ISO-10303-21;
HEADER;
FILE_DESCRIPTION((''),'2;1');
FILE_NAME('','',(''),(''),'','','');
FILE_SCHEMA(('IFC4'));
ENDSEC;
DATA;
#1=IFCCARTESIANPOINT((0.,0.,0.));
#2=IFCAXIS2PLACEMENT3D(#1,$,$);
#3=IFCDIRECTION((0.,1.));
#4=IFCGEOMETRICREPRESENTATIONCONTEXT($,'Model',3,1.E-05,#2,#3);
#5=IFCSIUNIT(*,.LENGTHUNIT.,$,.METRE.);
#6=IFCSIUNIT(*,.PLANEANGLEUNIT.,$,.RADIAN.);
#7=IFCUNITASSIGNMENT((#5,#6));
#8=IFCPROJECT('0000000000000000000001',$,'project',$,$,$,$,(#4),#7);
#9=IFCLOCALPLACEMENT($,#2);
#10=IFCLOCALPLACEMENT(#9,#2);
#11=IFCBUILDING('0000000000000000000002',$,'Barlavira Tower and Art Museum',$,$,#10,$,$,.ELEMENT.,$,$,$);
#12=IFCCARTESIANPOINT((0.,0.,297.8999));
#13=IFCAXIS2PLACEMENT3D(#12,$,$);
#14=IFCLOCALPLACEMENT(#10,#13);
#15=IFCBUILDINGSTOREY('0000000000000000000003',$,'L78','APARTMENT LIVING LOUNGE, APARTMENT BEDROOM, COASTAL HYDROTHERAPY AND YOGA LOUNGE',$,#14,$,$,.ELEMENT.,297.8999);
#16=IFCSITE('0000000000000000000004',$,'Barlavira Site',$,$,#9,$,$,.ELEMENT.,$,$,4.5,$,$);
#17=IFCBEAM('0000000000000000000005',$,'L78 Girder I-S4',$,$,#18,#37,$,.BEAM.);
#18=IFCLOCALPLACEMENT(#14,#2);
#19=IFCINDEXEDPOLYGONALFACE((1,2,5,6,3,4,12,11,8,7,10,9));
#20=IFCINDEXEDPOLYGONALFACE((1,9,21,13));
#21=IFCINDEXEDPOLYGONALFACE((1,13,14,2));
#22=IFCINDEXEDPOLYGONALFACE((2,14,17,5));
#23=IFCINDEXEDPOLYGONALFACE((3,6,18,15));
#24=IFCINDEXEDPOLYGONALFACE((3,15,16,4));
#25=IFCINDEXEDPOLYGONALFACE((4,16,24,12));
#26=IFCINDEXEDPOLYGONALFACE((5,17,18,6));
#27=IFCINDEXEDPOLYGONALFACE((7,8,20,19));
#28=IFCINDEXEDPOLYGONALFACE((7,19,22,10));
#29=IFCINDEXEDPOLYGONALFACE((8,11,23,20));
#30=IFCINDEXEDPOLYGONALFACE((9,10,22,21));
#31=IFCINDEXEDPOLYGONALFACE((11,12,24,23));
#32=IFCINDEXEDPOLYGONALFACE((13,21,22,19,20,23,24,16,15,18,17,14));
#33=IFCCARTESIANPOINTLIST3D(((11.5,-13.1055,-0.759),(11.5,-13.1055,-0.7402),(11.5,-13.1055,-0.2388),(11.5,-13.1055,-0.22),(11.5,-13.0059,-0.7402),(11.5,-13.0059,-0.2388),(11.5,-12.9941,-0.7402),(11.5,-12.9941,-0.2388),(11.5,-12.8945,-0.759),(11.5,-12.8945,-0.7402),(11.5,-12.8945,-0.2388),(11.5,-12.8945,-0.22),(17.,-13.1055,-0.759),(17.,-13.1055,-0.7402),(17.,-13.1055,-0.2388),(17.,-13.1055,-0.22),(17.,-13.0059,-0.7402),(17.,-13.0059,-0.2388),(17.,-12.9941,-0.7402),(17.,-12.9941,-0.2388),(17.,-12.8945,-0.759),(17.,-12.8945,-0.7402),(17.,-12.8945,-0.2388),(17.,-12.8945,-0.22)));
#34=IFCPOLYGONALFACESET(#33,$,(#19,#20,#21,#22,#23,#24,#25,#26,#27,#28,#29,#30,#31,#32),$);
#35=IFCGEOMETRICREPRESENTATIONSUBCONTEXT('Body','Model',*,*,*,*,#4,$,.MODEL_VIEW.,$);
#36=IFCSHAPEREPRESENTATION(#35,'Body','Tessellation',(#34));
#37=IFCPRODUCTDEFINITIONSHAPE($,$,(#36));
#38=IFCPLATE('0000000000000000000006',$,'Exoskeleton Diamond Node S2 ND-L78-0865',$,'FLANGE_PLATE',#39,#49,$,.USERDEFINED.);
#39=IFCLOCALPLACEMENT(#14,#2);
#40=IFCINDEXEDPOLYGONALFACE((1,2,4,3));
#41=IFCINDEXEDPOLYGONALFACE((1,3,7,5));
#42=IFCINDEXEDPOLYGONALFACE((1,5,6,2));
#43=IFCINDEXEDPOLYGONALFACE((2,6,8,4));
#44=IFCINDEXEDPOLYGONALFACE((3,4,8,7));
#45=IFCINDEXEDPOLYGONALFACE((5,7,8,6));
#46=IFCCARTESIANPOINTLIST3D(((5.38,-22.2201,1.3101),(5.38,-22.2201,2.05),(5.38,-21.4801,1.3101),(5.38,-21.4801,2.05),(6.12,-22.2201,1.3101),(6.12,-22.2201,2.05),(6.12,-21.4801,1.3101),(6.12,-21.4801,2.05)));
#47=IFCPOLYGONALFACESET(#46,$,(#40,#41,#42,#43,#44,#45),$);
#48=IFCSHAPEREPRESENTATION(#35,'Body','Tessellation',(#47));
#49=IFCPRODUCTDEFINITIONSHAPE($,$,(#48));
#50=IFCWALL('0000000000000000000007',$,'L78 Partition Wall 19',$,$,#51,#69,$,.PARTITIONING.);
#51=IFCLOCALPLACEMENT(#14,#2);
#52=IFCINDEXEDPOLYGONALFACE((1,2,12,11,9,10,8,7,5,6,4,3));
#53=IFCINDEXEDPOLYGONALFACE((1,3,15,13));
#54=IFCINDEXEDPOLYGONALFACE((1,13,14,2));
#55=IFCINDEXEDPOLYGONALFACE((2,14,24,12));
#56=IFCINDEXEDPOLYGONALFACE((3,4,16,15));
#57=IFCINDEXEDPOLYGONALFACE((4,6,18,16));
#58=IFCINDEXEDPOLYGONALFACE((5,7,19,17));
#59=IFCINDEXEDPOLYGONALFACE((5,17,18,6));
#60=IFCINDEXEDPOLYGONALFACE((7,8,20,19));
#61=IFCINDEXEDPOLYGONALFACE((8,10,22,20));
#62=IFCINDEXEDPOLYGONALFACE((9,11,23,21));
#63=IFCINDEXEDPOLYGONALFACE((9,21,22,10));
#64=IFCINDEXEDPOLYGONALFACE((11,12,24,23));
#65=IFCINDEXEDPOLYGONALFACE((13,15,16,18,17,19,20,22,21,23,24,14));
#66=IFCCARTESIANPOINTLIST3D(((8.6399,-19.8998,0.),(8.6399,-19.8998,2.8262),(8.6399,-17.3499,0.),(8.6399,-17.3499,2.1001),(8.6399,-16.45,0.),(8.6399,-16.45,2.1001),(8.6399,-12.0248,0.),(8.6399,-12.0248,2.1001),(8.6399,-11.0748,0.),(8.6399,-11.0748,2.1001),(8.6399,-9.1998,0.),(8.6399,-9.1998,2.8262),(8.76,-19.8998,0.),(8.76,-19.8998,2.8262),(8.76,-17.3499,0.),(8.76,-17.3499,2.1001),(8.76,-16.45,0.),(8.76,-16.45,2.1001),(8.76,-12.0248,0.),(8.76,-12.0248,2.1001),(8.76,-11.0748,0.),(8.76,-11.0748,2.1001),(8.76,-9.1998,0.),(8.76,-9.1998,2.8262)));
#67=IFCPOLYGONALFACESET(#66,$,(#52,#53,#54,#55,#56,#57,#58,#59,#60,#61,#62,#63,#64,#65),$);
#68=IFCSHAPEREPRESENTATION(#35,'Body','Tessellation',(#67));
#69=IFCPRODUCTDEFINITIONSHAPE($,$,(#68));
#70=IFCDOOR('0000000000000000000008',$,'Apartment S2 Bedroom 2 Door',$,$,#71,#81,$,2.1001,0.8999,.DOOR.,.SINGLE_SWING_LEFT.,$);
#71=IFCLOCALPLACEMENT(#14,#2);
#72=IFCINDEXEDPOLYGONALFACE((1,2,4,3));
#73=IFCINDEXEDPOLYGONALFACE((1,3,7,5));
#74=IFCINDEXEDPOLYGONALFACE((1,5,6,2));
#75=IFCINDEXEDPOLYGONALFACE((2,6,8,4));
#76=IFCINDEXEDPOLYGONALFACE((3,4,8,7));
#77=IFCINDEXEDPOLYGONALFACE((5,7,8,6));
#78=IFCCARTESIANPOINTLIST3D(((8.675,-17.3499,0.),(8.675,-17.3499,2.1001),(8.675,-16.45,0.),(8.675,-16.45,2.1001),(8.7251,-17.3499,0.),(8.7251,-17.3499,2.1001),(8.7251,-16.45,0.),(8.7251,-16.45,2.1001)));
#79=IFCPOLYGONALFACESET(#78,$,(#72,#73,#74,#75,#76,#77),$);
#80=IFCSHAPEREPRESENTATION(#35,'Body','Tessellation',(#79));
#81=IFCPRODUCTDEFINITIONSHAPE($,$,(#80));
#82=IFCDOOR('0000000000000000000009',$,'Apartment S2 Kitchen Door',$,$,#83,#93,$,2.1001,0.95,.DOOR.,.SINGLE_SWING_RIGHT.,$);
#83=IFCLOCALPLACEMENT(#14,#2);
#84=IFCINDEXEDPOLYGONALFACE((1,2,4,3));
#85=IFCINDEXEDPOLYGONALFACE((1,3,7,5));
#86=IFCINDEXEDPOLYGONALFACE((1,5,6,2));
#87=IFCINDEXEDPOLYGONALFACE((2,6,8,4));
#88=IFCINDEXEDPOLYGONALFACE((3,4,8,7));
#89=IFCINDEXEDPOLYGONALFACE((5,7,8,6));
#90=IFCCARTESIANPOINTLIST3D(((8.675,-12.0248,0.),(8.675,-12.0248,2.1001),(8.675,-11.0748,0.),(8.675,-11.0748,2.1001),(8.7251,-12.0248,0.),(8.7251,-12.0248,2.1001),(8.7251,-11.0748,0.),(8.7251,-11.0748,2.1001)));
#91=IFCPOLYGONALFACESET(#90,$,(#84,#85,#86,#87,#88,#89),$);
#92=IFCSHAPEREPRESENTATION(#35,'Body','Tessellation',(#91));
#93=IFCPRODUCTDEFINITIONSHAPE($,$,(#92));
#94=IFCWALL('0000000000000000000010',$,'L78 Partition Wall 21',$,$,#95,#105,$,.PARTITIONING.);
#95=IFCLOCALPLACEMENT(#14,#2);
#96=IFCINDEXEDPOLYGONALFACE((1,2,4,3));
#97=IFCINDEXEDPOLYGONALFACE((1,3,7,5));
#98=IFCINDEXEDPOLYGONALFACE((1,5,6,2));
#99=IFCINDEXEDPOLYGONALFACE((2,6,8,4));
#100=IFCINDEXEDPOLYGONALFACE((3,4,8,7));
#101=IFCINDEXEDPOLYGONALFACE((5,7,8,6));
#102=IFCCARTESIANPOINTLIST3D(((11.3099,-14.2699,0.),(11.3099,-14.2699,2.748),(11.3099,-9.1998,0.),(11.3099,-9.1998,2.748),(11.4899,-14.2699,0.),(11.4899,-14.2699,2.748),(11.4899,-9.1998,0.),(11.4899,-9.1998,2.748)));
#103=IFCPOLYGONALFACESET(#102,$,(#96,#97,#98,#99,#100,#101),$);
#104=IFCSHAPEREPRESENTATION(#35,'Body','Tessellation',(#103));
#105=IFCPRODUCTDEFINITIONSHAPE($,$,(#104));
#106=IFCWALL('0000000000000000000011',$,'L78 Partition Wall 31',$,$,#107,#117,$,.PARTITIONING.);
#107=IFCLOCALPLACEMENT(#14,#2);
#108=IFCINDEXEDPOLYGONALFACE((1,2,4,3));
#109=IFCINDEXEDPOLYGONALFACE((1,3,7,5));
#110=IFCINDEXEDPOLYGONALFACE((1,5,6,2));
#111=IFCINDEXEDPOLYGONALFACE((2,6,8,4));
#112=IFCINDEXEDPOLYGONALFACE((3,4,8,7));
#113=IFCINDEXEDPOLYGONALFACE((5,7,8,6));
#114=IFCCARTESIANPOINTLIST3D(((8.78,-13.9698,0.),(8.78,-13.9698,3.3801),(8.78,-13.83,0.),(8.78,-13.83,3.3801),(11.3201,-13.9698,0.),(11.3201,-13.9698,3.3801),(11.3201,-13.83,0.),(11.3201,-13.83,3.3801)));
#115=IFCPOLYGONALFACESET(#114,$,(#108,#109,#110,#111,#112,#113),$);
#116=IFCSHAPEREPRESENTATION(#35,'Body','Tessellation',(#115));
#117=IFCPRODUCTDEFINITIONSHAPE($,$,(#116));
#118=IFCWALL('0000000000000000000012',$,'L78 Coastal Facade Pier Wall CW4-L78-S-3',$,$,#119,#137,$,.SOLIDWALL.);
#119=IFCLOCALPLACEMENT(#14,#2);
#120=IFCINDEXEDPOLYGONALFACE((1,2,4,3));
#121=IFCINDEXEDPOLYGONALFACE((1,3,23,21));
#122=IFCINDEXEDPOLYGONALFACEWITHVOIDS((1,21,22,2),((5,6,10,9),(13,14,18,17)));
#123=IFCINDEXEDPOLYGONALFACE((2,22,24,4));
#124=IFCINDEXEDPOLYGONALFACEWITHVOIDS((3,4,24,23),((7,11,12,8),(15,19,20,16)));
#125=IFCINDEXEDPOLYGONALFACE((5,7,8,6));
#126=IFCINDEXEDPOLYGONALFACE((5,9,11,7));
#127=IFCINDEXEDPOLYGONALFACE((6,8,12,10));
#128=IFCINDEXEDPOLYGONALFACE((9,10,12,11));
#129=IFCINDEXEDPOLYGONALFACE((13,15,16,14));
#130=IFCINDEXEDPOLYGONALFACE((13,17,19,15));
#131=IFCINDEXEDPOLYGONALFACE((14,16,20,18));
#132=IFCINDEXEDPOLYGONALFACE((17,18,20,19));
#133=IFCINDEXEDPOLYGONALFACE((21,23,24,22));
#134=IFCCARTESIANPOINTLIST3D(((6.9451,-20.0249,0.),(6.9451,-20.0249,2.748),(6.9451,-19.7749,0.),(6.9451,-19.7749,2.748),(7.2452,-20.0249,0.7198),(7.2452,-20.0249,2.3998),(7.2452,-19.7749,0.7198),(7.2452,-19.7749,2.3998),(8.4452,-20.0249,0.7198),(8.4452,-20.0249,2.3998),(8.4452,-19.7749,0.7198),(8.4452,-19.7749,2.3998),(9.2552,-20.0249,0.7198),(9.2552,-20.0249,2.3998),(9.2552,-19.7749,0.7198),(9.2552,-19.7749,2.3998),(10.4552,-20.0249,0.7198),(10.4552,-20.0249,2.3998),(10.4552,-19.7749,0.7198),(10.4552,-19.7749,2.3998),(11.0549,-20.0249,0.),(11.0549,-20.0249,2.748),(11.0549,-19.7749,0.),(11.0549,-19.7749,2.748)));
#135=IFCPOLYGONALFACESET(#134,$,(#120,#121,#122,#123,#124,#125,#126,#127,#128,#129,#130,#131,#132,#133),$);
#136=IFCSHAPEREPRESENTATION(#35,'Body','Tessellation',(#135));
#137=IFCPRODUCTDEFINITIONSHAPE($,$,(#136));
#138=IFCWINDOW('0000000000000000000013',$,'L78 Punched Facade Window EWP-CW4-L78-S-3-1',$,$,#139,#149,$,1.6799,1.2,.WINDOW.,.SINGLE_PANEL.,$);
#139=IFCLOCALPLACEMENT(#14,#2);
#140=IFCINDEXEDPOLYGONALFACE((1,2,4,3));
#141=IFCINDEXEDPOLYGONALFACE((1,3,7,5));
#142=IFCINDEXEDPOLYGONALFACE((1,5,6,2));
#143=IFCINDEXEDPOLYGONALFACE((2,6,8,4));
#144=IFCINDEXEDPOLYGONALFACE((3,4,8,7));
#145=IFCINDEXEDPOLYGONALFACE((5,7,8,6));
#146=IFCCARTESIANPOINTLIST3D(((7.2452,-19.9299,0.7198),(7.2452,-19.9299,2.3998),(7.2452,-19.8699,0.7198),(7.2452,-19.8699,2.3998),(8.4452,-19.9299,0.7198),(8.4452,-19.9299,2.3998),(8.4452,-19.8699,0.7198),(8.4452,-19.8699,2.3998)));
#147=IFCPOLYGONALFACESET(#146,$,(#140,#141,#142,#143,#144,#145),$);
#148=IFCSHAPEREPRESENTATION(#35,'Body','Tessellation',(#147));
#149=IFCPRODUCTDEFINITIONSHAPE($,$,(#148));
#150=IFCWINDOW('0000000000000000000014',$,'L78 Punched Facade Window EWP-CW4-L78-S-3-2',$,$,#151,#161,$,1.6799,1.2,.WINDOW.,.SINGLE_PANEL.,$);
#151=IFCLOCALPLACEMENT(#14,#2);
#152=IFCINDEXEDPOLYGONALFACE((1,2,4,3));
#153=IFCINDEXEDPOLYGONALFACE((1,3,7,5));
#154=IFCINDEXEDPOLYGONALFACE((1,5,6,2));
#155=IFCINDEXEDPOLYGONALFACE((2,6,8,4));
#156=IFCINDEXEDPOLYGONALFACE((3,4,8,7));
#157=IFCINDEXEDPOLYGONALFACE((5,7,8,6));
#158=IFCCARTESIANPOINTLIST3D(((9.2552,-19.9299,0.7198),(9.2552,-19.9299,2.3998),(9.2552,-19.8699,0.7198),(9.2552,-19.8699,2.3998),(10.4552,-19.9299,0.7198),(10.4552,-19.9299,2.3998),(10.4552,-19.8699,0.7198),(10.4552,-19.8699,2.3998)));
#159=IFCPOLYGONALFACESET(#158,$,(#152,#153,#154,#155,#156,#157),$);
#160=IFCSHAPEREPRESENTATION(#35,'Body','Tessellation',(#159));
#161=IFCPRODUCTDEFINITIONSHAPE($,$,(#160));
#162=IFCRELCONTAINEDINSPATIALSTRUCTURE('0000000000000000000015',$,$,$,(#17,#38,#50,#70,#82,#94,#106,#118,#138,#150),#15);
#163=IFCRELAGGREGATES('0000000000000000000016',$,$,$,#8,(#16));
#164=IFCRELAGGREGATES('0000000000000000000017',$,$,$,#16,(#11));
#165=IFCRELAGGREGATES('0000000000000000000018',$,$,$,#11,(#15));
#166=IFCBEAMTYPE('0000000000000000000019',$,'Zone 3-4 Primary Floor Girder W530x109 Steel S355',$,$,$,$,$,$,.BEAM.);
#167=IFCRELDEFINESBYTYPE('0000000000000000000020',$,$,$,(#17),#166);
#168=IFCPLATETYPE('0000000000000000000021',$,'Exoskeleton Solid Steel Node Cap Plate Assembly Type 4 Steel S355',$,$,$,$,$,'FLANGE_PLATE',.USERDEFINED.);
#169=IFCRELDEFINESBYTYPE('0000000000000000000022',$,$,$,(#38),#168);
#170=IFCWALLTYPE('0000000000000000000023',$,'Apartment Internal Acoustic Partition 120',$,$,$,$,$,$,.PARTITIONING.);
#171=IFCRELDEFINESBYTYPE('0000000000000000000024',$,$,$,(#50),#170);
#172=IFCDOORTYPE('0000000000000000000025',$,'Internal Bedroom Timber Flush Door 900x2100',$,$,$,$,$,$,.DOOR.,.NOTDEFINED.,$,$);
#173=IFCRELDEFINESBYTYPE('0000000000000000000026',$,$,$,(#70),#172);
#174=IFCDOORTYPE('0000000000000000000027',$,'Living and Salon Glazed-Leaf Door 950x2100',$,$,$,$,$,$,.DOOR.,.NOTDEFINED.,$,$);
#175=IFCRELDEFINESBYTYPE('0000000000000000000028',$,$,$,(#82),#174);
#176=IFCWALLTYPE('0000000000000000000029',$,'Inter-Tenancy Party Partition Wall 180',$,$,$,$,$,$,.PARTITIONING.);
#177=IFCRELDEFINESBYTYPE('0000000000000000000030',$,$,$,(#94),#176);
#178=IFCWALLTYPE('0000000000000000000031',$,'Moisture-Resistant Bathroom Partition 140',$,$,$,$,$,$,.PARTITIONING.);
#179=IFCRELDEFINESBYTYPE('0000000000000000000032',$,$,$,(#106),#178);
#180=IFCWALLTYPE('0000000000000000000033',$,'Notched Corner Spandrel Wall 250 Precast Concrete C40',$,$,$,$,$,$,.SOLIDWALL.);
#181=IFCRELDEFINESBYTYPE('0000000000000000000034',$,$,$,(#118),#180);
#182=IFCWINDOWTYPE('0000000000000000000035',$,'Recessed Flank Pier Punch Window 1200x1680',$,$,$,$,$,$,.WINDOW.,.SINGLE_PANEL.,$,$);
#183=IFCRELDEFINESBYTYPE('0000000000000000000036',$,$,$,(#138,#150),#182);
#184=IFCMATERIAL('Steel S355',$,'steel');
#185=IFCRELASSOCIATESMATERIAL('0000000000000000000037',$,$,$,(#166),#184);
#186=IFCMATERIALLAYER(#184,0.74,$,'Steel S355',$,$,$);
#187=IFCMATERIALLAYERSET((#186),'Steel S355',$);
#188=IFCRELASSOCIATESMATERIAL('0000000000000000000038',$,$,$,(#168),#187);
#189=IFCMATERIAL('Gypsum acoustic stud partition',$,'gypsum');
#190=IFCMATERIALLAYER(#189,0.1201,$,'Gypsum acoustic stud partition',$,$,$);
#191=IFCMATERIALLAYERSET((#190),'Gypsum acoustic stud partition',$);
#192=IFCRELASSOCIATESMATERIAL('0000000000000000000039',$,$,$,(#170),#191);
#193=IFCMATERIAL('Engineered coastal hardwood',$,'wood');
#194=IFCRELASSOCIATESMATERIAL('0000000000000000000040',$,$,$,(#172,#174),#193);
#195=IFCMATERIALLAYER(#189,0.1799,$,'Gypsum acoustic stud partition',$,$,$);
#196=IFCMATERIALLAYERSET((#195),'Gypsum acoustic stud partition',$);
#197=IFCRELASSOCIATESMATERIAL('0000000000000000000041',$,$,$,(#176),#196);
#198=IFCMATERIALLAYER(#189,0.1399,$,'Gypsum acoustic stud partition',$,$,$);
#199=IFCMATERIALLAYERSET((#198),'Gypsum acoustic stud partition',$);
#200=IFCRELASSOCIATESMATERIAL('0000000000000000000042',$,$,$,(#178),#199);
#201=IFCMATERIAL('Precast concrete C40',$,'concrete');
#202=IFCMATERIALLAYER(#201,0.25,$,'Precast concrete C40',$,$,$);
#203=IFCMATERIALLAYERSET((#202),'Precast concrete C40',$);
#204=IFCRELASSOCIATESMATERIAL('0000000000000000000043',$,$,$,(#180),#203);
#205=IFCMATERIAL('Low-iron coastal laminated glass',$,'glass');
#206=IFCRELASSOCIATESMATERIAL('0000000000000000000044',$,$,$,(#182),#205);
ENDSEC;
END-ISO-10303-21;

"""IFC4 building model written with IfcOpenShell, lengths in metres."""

from ifc_helpers import new_model, si_unit, direction, frame, frame_2d, origin, origin_2d, place, context, subcontext, project, spatial, rectangle, i_section, extrude, material, layer, layer_set, material_profile, profile_set, type_object, element, fill, save


model = new_model("IFC4")

# Units and contexts
model_context = context("Model", 3, precision=1e-05, world=origin(), true_north=direction((0.0, 1.0)))
body_context = subcontext(model_context, "Body", "Model", "MODEL_VIEW")
ifc_project = project(units=[si_unit("LENGTHUNIT", "METRE"), si_unit("PLANEANGLEUNIT", "RADIAN")], contexts=[model_context])

# Site, building, storey
site_placement = place(None, origin())
site = spatial("IfcSite", under=ifc_project, at=site_placement, Name="Barlavira Site", CompositionType="ELEMENT", RefElevation=4.5)
building_placement = place(site_placement, origin())
building = spatial("IfcBuilding", under=site, at=building_placement, Name="Barlavira Tower and Art Museum", CompositionType="ELEMENT")
storey_placement = place(building_placement, frame((0.0, 0.0, 297.8999)))
storey = spatial("IfcBuildingStorey", under=building, at=storey_placement, Name="L78", Description="APARTMENT LIVING LOUNGE, APARTMENT BEDROOM, COASTAL HYDROTHERAPY AND YOGA LOUNGE", CompositionType="ELEMENT", Elevation=297.8999)

# Shared definitions
ifc_material_1 = material(Name="Low-iron coastal laminated glass", Category="glass")

# Beam
ifc_material_2 = material(Name="Steel S355", Category="steel")
ifc_material_profile_1 = material_profile(ifc_material_2, i_section(OverallWidth=0.2109, OverallDepth=0.5391, WebThickness=0.0117, FlangeThickness=0.0188, at=origin_2d()), Name="W530x109.0")
ifc_profile_set_1 = profile_set([ifc_material_profile_1], Name="Steel S355")
beam_type_1 = type_object("IfcBeamType", Name="Zone 3-4 Primary Floor Girder W530x109 Steel S355", PredefinedType="BEAM", material=ifc_profile_set_1)
beam_1_placement = place(storey_placement, frame((11.5, -13.0, -0.4895), z_axis=(1.0, 0.0, 0.0), x_axis=(0.0, 1.0, 0.0)))
element("IfcBeam", 1, at=beam_1_placement, inside=storey, type_object=beam_type_1, Name="L78 Girder I-S4", PredefinedType="BEAM", context=body_context, shape_type="SweptSolid", body=[
    extrude(i_section(OverallWidth=0.2109, OverallDepth=0.5391, WebThickness=0.0117, FlangeThickness=0.0188, at=origin_2d()), origin(), (0.0, 0.0, 1.0), 5.5),
])

# Plate
ifc_layer_1 = layer(ifc_material_2, 0.74, Name="Steel S355")
ifc_layer_set_1 = layer_set([ifc_layer_1], Name="Steel S355")
plate_type = type_object("IfcPlateType", Name="Exoskeleton Solid Steel Node Cap Plate Assembly Type 4 Steel S355", ElementType="FLANGE_PLATE", PredefinedType="USERDEFINED", material=ifc_layer_set_1)
plate_placement = place(storey_placement, frame((5.75, -21.8501, 1.3101), z_axis=(0.0, 0.0, 1.0), x_axis=(1.0, 0.0, 0.0)))
element("IfcPlate", 2, at=plate_placement, inside=storey, type_object=plate_type, Name="Exoskeleton Diamond Node S2 ND-L78-0865", ObjectType="FLANGE_PLATE", PredefinedType="USERDEFINED", context=body_context, shape_type="SweptSolid", body=[
    extrude(rectangle(XDim=0.74, YDim=0.74, at=origin_2d()), origin(), (0.0, 0.0, 1.0), 0.74),
])

# Wall, openings, doors
ifc_material_3 = material(Name="Gypsum acoustic stud partition", Category="gypsum")
ifc_layer_2 = layer(ifc_material_3, 0.1201, Name="Gypsum acoustic stud partition")
ifc_layer_set_2 = layer_set([ifc_layer_2], Name="Gypsum acoustic stud partition")
wall_type_1 = type_object("IfcWallType", Name="Apartment Internal Acoustic Partition 120", PredefinedType="PARTITIONING", material=ifc_layer_set_2)
wall_1_placement = place(storey_placement, frame((8.7, -19.8999, 0.0), z_axis=(0.0, 0.0, 1.0), x_axis=(0.0, 1.0, 0.0)))
wall_1 = element("IfcWall", 3, at=wall_1_placement, inside=storey, type_object=wall_type_1, Name="L78 Partition Wall 19", PredefinedType="PARTITIONING", context=body_context, shape_type="SweptSolid", body=[
    extrude(rectangle(XDim=10.7, YDim=0.1201, at=frame_2d((5.3501, 0.0))), origin(), (0.0, 0.0, 1.0), 2.8262),
])
opening_1_placement = place(wall_1_placement, frame((7.875, 0.0, 0.0)))
opening_1 = element("IfcOpeningElement", 4, at=opening_1_placement, cuts=wall_1, PredefinedType="OPENING", context=body_context, shape_type="SweptSolid", body=[
    extrude(rectangle(XDim=0.95, YDim=2.1001, at=frame_2d((0.4751, 1.05))), frame((0.0, 0.0701, 0.0), z_axis=(0.0, -1.0, 0.0), x_axis=(1.0, 0.0, 0.0)), (0.0, 0.0, 1.0), 0.1401),
])
opening_2_placement = place(wall_1_placement, frame((2.55, 0.0, 0.0)))
opening_2 = element("IfcOpeningElement", 5, at=opening_2_placement, cuts=wall_1, PredefinedType="OPENING", context=body_context, shape_type="SweptSolid", body=[
    extrude(rectangle(XDim=0.8999, YDim=2.1001, at=frame_2d((0.45, 1.05))), frame((0.0, 0.0701, 0.0), z_axis=(0.0, -1.0, 0.0), x_axis=(1.0, 0.0, 0.0)), (0.0, 0.0, 1.0), 0.1401),
])
ifc_material_4 = material(Name="Engineered coastal hardwood", Category="wood")
door_type_1 = type_object("IfcDoorType", Name="Internal Bedroom Timber Flush Door 900x2100", OperationType="NOTDEFINED", PredefinedType="DOOR", material=ifc_material_4)
door_1_placement = place(opening_2_placement, origin())
door_1 = element("IfcDoor", 6, at=door_1_placement, inside=storey, type_object=door_type_1, Name="Apartment S2 Bedroom 2 Door", OperationType="SINGLE_SWING_LEFT", OverallHeight=2.1001, OverallWidth=0.8999, PredefinedType="DOOR", context=body_context, shape_type="SweptSolid", body=[
    extrude(rectangle(XDim=0.8999, YDim=2.1001, at=frame_2d((0.45, 1.05))), frame((0.0, 0.0249, 0.0), z_axis=(0.0, -1.0, 0.0), x_axis=(1.0, 0.0, 0.0)), (0.0, 0.0, 1.0), 0.05),
])
fill(opening_2, door_1)
door_type_2 = type_object("IfcDoorType", Name="Living and Salon Glazed-Leaf Door 950x2100", OperationType="NOTDEFINED", PredefinedType="DOOR", material=ifc_material_4)
door_2_placement = place(opening_1_placement, origin())
door_2 = element("IfcDoor", 7, at=door_2_placement, inside=storey, type_object=door_type_2, Name="Apartment S2 Kitchen Door", OperationType="SINGLE_SWING_RIGHT", OverallHeight=2.1001, OverallWidth=0.95, PredefinedType="DOOR", context=body_context, shape_type="SweptSolid", body=[
    extrude(rectangle(XDim=0.95, YDim=2.1001, at=frame_2d((0.4751, 1.05))), frame((0.0, 0.0249, 0.0), z_axis=(0.0, -1.0, 0.0), x_axis=(1.0, 0.0, 0.0)), (0.0, 0.0, 1.0), 0.05),
])
fill(opening_1, door_2)

# Walls
ifc_layer_3 = layer(ifc_material_3, 0.1799, Name="Gypsum acoustic stud partition")
ifc_layer_set_3 = layer_set([ifc_layer_3], Name="Gypsum acoustic stud partition")
wall_type_2 = type_object("IfcWallType", Name="Inter-Tenancy Party Partition Wall 180", PredefinedType="PARTITIONING", material=ifc_layer_set_3)
wall_2_placement = place(storey_placement, frame((11.3999, -14.27, 0.0), z_axis=(0.0, 0.0, 1.0), x_axis=(0.0, 1.0, 0.0)))
element("IfcWall", 8, at=wall_2_placement, inside=storey, type_object=wall_type_2, Name="L78 Partition Wall 21", PredefinedType="PARTITIONING", context=body_context, shape_type="SweptSolid", body=[
    extrude(rectangle(XDim=5.0701, YDim=0.1799, at=frame_2d((2.5352, 0.0))), origin(), (0.0, 0.0, 1.0), 2.748),
])
ifc_layer_4 = layer(ifc_material_3, 0.1399, Name="Gypsum acoustic stud partition")
ifc_layer_set_4 = layer_set([ifc_layer_4], Name="Gypsum acoustic stud partition")
wall_type_3 = type_object("IfcWallType", Name="Moisture-Resistant Bathroom Partition 140", PredefinedType="PARTITIONING", material=ifc_layer_set_4)
wall_3_placement = place(storey_placement, frame((8.78, -13.8999, 0.0), z_axis=(0.0, 0.0, 1.0), x_axis=(1.0, 0.0, 0.0)))
element("IfcWall", 9, at=wall_3_placement, inside=storey, type_object=wall_type_3, Name="L78 Partition Wall 31", PredefinedType="PARTITIONING", context=body_context, shape_type="SweptSolid", body=[
    extrude(rectangle(XDim=2.54, YDim=0.1399, at=frame_2d((1.27, 0.0))), origin(), (0.0, 0.0, 1.0), 3.3801),
])

# Wall, openings, windows
ifc_material_5 = material(Name="Precast concrete C40", Category="concrete")
ifc_layer_5 = layer(ifc_material_5, 0.25, Name="Precast concrete C40")
ifc_layer_set_5 = layer_set([ifc_layer_5], Name="Precast concrete C40")
wall_type_4 = type_object("IfcWallType", Name="Notched Corner Spandrel Wall 250 Precast Concrete C40", PredefinedType="SOLIDWALL", material=ifc_layer_set_5)
wall_4_placement = place(storey_placement, frame((6.9451, -19.8999, 0.0), z_axis=(0.0, 0.0, 1.0), x_axis=(1.0, 0.0, 0.0)))
wall_4 = element("IfcWall", 10, at=wall_4_placement, inside=storey, type_object=wall_type_4, Name="L78 Coastal Facade Pier Wall CW4-L78-S-3", PredefinedType="SOLIDWALL", context=body_context, shape_type="SweptSolid", body=[
    extrude(rectangle(XDim=4.1099, YDim=0.25, at=frame_2d((2.0549, 0.0))), origin(), (0.0, 0.0, 1.0), 2.748),
])
opening_3_placement = place(wall_4_placement, frame((0.3, 0.0, 0.72)))
opening_3 = element("IfcOpeningElement", 11, at=opening_3_placement, cuts=wall_4, PredefinedType="OPENING", context=body_context, shape_type="SweptSolid", body=[
    extrude(rectangle(XDim=1.2, YDim=1.6799, at=frame_2d((0.6001, 0.8398))), frame((0.0, 0.135, 0.0), z_axis=(0.0, -1.0, 0.0), x_axis=(1.0, 0.0, 0.0)), (0.0, 0.0, 1.0), 0.27),
])
opening_4_placement = place(wall_4_placement, frame((2.3101, 0.0, 0.72)))
opening_4 = element("IfcOpeningElement", 12, at=opening_4_placement, cuts=wall_4, PredefinedType="OPENING", context=body_context, shape_type="SweptSolid", body=[
    extrude(rectangle(XDim=1.2, YDim=1.6799, at=frame_2d((0.6001, 0.8398))), frame((0.0, 0.135, 0.0), z_axis=(0.0, -1.0, 0.0), x_axis=(1.0, 0.0, 0.0)), (0.0, 0.0, 1.0), 0.27),
])
window_type_1 = type_object("IfcWindowType", Name="Recessed Flank Pier Punch Window 1200x1680", PartitioningType="SINGLE_PANEL", PredefinedType="WINDOW", material=ifc_material_1)
window_1_placement = place(opening_3_placement, origin())
window_1 = element("IfcWindow", 13, at=window_1_placement, inside=storey, type_object=window_type_1, Name="L78 Punched Facade Window EWP-CW4-L78-S-3-1", OverallHeight=1.6799, OverallWidth=1.2, PartitioningType="SINGLE_PANEL", PredefinedType="WINDOW", context=body_context, shape_type="SweptSolid", body=[
    extrude(rectangle(XDim=1.2, YDim=1.6799, at=frame_2d((0.6001, 0.8398))), frame((0.0, 0.03, 0.0), z_axis=(0.0, -1.0, 0.0), x_axis=(1.0, 0.0, 0.0)), (0.0, 0.0, 1.0), 0.0601),
])
fill(opening_3, window_1)
window_2_placement = place(opening_4_placement, origin())
window_2 = element("IfcWindow", 14, at=window_2_placement, inside=storey, type_object=window_type_1, Name="L78 Punched Facade Window EWP-CW4-L78-S-3-2", OverallHeight=1.6799, OverallWidth=1.2, PartitioningType="SINGLE_PANEL", PredefinedType="WINDOW", context=body_context, shape_type="SweptSolid", body=[
    extrude(rectangle(XDim=1.2, YDim=1.6799, at=frame_2d((0.6001, 0.8398))), frame((0.0, 0.03, 0.0), z_axis=(0.0, -1.0, 0.0), x_axis=(1.0, 0.0, 0.0)), (0.0, 0.0, 1.0), 0.0601),
])
fill(opening_4, window_2)

save(model, "model.ifc")
